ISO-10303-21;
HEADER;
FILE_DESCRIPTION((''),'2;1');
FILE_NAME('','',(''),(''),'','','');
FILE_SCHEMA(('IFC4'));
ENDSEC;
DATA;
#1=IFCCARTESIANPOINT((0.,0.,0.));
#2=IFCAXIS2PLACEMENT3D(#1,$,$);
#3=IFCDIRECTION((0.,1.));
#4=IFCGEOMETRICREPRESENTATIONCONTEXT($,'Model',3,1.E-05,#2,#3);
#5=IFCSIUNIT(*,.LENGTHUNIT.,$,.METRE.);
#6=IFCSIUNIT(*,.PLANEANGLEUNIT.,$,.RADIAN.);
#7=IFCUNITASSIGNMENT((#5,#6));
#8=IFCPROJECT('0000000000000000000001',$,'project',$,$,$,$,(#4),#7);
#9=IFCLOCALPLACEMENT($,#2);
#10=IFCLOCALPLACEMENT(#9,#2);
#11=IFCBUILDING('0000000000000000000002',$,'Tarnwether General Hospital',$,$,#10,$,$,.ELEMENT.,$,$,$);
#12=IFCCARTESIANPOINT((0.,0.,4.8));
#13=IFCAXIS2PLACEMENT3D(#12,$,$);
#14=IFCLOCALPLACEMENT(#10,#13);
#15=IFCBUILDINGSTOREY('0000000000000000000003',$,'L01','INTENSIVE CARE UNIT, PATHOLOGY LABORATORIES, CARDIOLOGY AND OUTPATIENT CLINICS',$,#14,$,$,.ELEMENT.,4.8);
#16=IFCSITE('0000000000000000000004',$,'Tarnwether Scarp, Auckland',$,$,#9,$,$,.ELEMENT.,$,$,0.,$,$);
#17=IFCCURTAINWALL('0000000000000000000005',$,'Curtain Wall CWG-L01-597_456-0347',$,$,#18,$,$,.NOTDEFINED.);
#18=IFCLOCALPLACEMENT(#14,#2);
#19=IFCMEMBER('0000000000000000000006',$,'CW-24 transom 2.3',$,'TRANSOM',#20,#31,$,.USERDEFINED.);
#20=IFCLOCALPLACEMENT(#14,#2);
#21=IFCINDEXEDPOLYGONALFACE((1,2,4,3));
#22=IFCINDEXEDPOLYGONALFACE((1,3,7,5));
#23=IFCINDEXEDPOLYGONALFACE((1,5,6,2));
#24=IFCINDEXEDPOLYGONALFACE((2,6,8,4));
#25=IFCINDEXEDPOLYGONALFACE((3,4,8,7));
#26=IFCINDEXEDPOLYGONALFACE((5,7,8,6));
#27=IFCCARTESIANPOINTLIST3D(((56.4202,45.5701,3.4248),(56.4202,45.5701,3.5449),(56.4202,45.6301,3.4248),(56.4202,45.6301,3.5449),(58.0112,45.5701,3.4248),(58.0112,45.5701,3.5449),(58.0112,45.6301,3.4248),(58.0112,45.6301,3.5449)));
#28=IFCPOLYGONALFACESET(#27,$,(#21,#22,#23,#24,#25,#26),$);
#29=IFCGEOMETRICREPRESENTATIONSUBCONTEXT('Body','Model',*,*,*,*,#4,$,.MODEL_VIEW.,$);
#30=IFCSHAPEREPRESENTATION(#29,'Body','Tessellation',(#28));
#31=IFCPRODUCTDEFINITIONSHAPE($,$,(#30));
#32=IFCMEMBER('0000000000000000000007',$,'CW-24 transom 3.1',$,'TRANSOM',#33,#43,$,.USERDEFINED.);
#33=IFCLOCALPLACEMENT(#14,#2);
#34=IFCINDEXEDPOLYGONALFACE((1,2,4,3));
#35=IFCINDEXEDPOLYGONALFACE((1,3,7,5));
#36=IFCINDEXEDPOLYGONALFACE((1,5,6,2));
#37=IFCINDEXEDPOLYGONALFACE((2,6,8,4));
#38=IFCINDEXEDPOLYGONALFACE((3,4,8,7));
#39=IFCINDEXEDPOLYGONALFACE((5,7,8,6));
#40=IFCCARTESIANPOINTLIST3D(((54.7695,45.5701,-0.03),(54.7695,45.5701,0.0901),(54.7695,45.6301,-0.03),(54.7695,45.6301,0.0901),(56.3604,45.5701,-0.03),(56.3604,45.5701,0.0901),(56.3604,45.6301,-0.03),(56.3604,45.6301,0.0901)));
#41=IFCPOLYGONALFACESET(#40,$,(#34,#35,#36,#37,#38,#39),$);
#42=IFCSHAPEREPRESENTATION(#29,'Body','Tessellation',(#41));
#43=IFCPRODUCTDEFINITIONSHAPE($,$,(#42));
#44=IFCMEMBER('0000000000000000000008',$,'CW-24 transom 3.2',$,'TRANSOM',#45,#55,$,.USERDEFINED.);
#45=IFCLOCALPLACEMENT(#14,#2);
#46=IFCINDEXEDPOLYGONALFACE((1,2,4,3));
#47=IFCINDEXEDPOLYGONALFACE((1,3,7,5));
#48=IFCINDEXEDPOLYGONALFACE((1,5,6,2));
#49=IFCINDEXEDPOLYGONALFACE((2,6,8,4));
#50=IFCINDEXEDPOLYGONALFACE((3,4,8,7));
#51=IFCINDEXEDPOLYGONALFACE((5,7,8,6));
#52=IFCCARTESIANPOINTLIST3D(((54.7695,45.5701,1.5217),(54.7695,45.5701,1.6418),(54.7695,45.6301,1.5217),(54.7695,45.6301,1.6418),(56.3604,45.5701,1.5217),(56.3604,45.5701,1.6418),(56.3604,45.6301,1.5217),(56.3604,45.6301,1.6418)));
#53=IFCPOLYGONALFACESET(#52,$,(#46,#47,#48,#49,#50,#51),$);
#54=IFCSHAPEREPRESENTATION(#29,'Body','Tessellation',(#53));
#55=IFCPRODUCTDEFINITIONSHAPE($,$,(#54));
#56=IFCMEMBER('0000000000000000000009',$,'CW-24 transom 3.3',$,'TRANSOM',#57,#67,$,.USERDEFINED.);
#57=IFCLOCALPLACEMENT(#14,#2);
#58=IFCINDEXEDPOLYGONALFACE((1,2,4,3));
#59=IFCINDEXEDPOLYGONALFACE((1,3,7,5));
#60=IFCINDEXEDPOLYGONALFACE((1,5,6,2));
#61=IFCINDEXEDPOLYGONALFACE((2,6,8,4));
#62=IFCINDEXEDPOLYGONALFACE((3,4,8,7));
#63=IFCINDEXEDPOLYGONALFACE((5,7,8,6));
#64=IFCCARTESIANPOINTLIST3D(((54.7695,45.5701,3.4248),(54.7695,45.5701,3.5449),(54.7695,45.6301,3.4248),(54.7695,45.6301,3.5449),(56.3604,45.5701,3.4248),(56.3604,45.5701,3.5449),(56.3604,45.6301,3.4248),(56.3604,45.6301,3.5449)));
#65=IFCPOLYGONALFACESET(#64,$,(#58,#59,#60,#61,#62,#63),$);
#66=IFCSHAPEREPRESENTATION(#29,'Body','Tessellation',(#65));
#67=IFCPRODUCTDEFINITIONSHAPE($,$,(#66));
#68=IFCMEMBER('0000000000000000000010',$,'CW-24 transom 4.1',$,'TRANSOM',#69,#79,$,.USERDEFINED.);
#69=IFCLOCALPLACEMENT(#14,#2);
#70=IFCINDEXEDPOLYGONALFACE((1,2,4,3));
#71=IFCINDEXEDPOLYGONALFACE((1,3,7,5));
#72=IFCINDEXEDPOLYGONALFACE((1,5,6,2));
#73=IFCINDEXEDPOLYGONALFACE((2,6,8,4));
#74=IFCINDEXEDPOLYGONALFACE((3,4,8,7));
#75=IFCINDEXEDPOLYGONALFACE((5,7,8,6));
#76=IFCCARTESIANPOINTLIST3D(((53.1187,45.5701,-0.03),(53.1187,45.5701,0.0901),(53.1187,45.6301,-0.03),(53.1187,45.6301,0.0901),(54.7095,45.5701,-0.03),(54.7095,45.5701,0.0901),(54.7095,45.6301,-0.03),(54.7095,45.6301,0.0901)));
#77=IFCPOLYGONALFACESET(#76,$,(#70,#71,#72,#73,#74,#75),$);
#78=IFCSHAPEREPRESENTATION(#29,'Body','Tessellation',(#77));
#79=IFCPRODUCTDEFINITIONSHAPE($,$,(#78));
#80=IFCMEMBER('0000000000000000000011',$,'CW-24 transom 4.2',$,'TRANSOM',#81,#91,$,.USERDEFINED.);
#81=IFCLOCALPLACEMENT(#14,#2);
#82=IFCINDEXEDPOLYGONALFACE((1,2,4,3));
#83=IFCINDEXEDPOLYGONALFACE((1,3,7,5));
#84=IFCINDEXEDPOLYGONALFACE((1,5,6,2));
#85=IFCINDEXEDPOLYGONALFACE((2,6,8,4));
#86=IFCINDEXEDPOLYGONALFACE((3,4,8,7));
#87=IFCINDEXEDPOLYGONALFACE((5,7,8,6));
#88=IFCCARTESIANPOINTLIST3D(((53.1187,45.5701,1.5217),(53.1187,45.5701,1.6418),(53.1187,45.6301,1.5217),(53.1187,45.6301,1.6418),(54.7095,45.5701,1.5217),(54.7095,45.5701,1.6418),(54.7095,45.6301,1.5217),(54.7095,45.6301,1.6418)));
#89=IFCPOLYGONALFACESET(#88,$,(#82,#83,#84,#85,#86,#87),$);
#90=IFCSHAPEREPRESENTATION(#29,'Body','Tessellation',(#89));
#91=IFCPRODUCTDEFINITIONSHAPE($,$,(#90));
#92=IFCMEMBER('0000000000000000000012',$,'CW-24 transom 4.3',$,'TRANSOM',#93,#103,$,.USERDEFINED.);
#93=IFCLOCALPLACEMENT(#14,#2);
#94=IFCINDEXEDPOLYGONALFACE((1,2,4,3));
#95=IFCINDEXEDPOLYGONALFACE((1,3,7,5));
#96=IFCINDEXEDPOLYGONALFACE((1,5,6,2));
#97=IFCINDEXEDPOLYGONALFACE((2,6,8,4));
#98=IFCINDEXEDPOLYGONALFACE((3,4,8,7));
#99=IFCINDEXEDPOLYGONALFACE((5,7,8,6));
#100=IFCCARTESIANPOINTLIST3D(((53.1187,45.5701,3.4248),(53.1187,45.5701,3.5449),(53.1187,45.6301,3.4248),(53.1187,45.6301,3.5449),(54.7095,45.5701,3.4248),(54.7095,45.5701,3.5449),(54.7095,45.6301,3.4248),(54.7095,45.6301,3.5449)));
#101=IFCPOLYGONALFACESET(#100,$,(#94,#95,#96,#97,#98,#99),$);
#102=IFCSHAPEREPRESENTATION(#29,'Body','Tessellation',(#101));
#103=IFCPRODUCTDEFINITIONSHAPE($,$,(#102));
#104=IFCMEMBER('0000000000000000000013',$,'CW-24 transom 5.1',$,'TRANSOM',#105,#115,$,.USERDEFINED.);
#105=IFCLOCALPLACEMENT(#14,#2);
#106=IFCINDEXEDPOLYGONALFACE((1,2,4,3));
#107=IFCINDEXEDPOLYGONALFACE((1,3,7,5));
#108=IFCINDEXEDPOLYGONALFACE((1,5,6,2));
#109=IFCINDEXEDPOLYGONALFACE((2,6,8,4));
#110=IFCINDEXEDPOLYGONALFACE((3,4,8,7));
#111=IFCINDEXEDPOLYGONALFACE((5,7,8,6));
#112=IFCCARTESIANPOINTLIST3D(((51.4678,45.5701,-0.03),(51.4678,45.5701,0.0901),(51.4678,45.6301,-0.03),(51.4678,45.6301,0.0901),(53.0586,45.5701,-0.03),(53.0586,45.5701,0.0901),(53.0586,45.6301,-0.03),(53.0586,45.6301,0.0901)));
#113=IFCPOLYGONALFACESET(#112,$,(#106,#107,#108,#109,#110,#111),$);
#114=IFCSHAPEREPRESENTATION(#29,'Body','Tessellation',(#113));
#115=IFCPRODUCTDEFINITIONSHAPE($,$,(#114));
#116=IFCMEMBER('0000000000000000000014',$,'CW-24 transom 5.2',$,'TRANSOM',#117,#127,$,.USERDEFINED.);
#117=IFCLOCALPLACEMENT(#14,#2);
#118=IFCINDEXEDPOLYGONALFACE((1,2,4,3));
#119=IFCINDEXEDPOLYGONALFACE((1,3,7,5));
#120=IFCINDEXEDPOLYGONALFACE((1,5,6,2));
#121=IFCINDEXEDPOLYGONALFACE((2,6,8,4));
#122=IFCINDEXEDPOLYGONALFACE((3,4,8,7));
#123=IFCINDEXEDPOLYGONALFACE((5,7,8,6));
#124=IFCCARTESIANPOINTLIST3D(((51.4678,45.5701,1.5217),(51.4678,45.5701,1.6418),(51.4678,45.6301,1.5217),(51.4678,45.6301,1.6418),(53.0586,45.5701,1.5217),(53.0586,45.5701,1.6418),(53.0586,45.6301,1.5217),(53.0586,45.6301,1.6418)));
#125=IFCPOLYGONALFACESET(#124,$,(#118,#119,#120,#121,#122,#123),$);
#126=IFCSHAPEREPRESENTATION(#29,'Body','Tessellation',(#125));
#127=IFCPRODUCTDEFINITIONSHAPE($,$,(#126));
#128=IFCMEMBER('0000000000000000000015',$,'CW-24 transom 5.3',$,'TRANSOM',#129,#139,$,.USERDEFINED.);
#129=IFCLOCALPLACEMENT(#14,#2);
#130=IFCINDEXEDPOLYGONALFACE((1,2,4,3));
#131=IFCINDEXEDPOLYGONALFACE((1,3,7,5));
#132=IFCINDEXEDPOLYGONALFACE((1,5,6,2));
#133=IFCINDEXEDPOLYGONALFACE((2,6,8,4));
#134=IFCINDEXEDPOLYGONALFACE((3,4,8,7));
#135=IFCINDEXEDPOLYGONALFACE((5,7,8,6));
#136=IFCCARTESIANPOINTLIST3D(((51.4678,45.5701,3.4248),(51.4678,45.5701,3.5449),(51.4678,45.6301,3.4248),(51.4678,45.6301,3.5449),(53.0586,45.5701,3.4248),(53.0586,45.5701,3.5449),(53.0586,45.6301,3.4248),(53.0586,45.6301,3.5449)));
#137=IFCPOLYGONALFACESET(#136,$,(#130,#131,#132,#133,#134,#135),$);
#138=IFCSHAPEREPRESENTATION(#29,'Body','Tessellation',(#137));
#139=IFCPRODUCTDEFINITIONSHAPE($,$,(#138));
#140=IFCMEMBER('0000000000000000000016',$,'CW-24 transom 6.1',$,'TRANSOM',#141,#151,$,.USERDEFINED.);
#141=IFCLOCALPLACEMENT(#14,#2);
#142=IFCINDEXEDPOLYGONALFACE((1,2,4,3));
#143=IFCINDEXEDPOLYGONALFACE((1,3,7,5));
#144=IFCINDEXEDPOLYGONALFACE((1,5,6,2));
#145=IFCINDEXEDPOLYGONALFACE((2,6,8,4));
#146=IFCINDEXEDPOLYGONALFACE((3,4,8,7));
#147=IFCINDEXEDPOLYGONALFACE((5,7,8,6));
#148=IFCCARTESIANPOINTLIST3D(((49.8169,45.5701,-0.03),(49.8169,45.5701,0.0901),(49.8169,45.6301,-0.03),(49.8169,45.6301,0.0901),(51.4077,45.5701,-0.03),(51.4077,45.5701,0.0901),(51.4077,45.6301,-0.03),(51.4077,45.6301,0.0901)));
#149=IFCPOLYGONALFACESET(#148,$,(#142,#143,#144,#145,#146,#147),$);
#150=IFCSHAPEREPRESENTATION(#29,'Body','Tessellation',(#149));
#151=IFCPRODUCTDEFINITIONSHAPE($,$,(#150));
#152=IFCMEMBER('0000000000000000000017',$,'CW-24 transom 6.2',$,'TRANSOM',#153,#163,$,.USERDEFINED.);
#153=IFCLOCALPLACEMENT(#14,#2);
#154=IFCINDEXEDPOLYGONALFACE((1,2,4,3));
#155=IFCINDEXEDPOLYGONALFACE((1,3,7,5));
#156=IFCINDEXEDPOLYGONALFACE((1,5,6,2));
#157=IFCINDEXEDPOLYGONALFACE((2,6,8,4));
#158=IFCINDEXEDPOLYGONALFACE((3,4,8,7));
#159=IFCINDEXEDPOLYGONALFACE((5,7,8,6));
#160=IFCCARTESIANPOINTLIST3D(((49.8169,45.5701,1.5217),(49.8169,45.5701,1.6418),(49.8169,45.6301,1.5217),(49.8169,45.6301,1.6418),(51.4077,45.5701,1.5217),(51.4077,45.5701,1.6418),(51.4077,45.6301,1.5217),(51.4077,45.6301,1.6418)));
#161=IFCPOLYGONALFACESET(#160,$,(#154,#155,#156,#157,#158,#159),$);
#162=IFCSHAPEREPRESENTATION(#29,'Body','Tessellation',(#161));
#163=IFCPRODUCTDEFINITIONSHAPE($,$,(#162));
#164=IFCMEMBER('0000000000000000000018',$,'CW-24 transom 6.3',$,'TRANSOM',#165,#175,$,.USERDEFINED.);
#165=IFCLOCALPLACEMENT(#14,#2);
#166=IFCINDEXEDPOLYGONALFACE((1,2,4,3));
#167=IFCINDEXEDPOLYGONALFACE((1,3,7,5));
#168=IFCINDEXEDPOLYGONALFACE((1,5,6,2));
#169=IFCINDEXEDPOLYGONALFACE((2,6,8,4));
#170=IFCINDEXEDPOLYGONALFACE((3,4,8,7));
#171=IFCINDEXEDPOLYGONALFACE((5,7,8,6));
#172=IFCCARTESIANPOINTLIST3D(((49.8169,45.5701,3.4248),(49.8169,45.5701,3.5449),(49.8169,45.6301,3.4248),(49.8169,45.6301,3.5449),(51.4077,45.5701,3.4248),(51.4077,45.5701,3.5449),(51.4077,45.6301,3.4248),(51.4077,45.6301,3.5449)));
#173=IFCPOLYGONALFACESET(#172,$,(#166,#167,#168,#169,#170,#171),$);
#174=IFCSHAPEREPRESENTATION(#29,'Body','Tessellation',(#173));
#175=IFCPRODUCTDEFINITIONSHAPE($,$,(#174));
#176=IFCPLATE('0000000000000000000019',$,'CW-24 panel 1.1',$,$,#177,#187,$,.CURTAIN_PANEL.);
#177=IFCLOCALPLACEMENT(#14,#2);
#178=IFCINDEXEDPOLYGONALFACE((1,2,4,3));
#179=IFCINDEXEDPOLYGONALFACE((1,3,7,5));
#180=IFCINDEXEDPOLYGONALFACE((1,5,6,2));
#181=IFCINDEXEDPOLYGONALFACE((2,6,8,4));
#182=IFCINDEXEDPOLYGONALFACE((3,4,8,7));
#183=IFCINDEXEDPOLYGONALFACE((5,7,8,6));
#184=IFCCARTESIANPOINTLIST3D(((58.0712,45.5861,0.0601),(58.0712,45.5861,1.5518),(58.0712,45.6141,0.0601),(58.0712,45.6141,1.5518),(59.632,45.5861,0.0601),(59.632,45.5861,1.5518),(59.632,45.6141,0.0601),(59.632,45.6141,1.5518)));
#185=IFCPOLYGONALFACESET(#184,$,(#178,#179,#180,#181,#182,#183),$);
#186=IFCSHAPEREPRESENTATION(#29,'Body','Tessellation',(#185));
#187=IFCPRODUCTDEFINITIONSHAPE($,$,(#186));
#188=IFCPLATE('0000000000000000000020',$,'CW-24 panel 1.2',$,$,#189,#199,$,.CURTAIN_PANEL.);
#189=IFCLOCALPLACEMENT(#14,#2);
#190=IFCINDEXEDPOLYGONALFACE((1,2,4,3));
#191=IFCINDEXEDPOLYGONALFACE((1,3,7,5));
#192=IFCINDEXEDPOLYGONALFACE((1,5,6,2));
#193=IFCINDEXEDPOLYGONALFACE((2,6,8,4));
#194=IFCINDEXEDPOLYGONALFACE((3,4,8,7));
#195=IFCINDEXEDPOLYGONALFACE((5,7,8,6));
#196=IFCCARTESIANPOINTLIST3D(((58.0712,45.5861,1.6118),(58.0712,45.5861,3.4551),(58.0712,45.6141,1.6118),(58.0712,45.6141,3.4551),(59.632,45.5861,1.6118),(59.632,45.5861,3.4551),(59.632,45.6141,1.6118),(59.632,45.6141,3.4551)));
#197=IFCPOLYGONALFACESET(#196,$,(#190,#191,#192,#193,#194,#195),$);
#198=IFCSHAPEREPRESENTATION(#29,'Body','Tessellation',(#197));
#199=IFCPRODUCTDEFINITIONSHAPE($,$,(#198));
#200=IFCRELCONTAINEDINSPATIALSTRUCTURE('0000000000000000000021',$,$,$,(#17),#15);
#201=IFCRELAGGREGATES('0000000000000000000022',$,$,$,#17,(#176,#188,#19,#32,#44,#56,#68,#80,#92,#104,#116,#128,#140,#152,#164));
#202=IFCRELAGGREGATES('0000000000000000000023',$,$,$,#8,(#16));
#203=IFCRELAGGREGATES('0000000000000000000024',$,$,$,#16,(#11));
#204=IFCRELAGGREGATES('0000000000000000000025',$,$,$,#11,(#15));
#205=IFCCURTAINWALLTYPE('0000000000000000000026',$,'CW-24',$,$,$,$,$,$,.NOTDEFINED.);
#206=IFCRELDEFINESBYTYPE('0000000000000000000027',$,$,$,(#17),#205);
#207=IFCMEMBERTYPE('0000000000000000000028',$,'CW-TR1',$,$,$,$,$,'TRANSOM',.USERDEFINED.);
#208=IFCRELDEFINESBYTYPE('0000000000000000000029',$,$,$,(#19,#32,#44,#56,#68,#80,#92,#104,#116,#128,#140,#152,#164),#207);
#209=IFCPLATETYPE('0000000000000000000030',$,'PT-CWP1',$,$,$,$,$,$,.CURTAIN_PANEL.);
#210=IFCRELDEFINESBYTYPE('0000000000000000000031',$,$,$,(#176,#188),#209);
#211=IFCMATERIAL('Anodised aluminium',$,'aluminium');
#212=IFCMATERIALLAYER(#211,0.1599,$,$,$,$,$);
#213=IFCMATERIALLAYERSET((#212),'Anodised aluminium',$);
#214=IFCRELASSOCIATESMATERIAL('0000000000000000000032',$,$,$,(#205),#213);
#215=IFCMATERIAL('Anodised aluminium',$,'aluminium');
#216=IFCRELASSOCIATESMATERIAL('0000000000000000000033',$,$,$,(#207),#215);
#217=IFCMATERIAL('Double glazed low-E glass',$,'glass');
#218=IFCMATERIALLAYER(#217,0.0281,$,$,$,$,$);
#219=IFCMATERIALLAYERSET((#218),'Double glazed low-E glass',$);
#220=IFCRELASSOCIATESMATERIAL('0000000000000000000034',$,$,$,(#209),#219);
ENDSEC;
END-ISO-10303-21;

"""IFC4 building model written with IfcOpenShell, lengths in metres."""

from ifc_helpers import new_model, si_unit, direction, frame, origin, origin_2d, place, context, subcontext, project, spatial, rectangle, extrude, material, layer, layer_set, material_profile, profile_set, type_object, element, aggregate, save


model = new_model("IFC4")

# Units and contexts
model_context = context("Model", 3, precision=1e-05, world=origin(), true_north=direction((0.0, 1.0)))
body_context = subcontext(model_context, "Body", "Model", "MODEL_VIEW")
ifc_project = project(units=[si_unit("LENGTHUNIT", "METRE"), si_unit("PLANEANGLEUNIT", "RADIAN")], contexts=[model_context])

# Site, building, storey
site_placement = place(None, origin())
site = spatial("IfcSite", under=ifc_project, at=site_placement, Name="Tarnwether Scarp, Auckland", CompositionType="ELEMENT", RefElevation=0.0)
building_placement = place(site_placement, origin())
building = spatial("IfcBuilding", under=site, at=building_placement, Name="Tarnwether General Hospital", CompositionType="ELEMENT")
storey_placement = place(building_placement, frame((0.0, 0.0, 4.8)))
storey = spatial("IfcBuildingStorey", under=building, at=storey_placement, Name="L01", Description="INTENSIVE CARE UNIT, PATHOLOGY LABORATORIES, CARDIOLOGY AND OUTPATIENT CLINICS", CompositionType="ELEMENT", Elevation=4.8)

# Curtain wall, members, plates
ifc_material_1 = material(Name="Anodised aluminium", Category="aluminium")
ifc_layer_1 = layer(ifc_material_1, 0.1599)
ifc_layer_set_1 = layer_set([ifc_layer_1], Name="Anodised aluminium")
curtain_wall_type = type_object("IfcCurtainWallType", Name="CW-24", PredefinedType="NOTDEFINED", material=ifc_layer_set_1)
curtain_wall_placement = place(storey_placement, origin())
curtain_wall = element("IfcCurtainWall", 1, at=curtain_wall_placement, inside=storey, type_object=curtain_wall_type, Name="Curtain Wall CWG-L01-597_456-0347", PredefinedType="NOTDEFINED")
ifc_material_2 = material(Name="Anodised aluminium", Category="aluminium")
ifc_material_profile_1 = material_profile(ifc_material_2, rectangle(XDim=0.0601, YDim=0.1201, at=origin_2d()), Name="ALU-TRN-60x120")
ifc_profile_set_1 = profile_set([ifc_material_profile_1], Name="Anodised aluminium")
member_type_1 = type_object("IfcMemberType", Name="CW-TR1", ElementType="TRANSOM", PredefinedType="USERDEFINED", material=ifc_profile_set_1)
member_1_placement = place(storey_placement, frame((58.0112, 45.6001, 3.4849), z_axis=(-1.0, 0.0, 0.0), x_axis=(0.0, -1.0, 0.0)))
member_1 = element("IfcMember", 2, at=member_1_placement, type_object=member_type_1, Name="CW-24 transom 2.3", ObjectType="TRANSOM", PredefinedType="USERDEFINED", context=body_context, shape_type="SweptSolid", body=[
    extrude(rectangle(XDim=0.0601, YDim=0.1201, at=origin_2d()), origin(), (0.0, 0.0, 1.0), 1.5911),
])
member_2_placement = place(storey_placement, frame((56.3604, 45.6001, 0.03), z_axis=(-1.0, 0.0, 0.0), x_axis=(0.0, -1.0, 0.0)))
member_2 = element("IfcMember", 3, at=member_2_placement, type_object=member_type_1, Name="CW-24 transom 3.1", ObjectType="TRANSOM", PredefinedType="USERDEFINED", context=body_context, shape_type="SweptSolid", body=[
    extrude(rectangle(XDim=0.0601, YDim=0.1201, at=origin_2d()), origin(), (0.0, 0.0, 1.0), 1.5908),
])
member_3_placement = place(storey_placement, frame((56.3604, 45.6001, 1.5818), z_axis=(-1.0, 0.0, 0.0), x_axis=(0.0, -1.0, 0.0)))
member_3 = element("IfcMember", 4, at=member_3_placement, type_object=member_type_1, Name="CW-24 transom 3.2", ObjectType="TRANSOM", PredefinedType="USERDEFINED", context=body_context, shape_type="SweptSolid", body=[
    extrude(rectangle(XDim=0.0601, YDim=0.1201, at=origin_2d()), origin(), (0.0, 0.0, 1.0), 1.5908),
])
member_4_placement = place(storey_placement, frame((56.3604, 45.6001, 3.4849), z_axis=(-1.0, 0.0, 0.0), x_axis=(0.0, -1.0, 0.0)))
member_4 = element("IfcMember", 5, at=member_4_placement, type_object=member_type_1, Name="CW-24 transom 3.3", ObjectType="TRANSOM", PredefinedType="USERDEFINED", context=body_context, shape_type="SweptSolid", body=[
    extrude(rectangle(XDim=0.0601, YDim=0.1201, at=origin_2d()), origin(), (0.0, 0.0, 1.0), 1.5908),
])
member_5_placement = place(storey_placement, frame((54.7095, 45.6001, 0.03), z_axis=(-1.0, 0.0, 0.0), x_axis=(0.0, -1.0, 0.0)))
member_5 = element("IfcMember", 6, at=member_5_placement, type_object=member_type_1, Name="CW-24 transom 4.1", ObjectType="TRANSOM", PredefinedType="USERDEFINED", context=body_context, shape_type="SweptSolid", body=[
    extrude(rectangle(XDim=0.0601, YDim=0.1201, at=origin_2d()), origin(), (0.0, 0.0, 1.0), 1.5908),
])
member_6_placement = place(storey_placement, frame((54.7095, 45.6001, 1.5818), z_axis=(-1.0, 0.0, 0.0), x_axis=(0.0, -1.0, 0.0)))
member_6 = element("IfcMember", 7, at=member_6_placement, type_object=member_type_1, Name="CW-24 transom 4.2", ObjectType="TRANSOM", PredefinedType="USERDEFINED", context=body_context, shape_type="SweptSolid", body=[
    extrude(rectangle(XDim=0.0601, YDim=0.1201, at=origin_2d()), origin(), (0.0, 0.0, 1.0), 1.5908),
])
member_7_placement = place(storey_placement, frame((54.7095, 45.6001, 3.4849), z_axis=(-1.0, 0.0, 0.0), x_axis=(0.0, -1.0, 0.0)))
member_7 = element("IfcMember", 8, at=member_7_placement, type_object=member_type_1, Name="CW-24 transom 4.3", ObjectType="TRANSOM", PredefinedType="USERDEFINED", context=body_context, shape_type="SweptSolid", body=[
    extrude(rectangle(XDim=0.0601, YDim=0.1201, at=origin_2d()), origin(), (0.0, 0.0, 1.0), 1.5908),
])
member_8_placement = place(storey_placement, frame((53.0586, 45.6001, 0.03), z_axis=(-1.0, 0.0, 0.0), x_axis=(0.0, -1.0, 0.0)))
member_8 = element("IfcMember", 9, at=member_8_placement, type_object=member_type_1, Name="CW-24 transom 5.1", ObjectType="TRANSOM", PredefinedType="USERDEFINED", context=body_context, shape_type="SweptSolid", body=[
    extrude(rectangle(XDim=0.0601, YDim=0.1201, at=origin_2d()), origin(), (0.0, 0.0, 1.0), 1.5908),
])
member_9_placement = place(storey_placement, frame((53.0586, 45.6001, 1.5818), z_axis=(-1.0, 0.0, 0.0), x_axis=(0.0, -1.0, 0.0)))
member_9 = element("IfcMember", 10, at=member_9_placement, type_object=member_type_1, Name="CW-24 transom 5.2", ObjectType="TRANSOM", PredefinedType="USERDEFINED", context=body_context, shape_type="SweptSolid", body=[
    extrude(rectangle(XDim=0.0601, YDim=0.1201, at=origin_2d()), origin(), (0.0, 0.0, 1.0), 1.5908),
])
member_10_placement = place(storey_placement, frame((53.0586, 45.6001, 3.4849), z_axis=(-1.0, 0.0, 0.0), x_axis=(0.0, -1.0, 0.0)))
member_10 = element("IfcMember", 11, at=member_10_placement, type_object=member_type_1, Name="CW-24 transom 5.3", ObjectType="TRANSOM", PredefinedType="USERDEFINED", context=body_context, shape_type="SweptSolid", body=[
    extrude(rectangle(XDim=0.0601, YDim=0.1201, at=origin_2d()), origin(), (0.0, 0.0, 1.0), 1.5908),
])
member_11_placement = place(storey_placement, frame((51.4077, 45.6001, 0.03), z_axis=(-1.0, 0.0, 0.0), x_axis=(0.0, -1.0, 0.0)))
member_11 = element("IfcMember", 12, at=member_11_placement, type_object=member_type_1, Name="CW-24 transom 6.1", ObjectType="TRANSOM", PredefinedType="USERDEFINED", context=body_context, shape_type="SweptSolid", body=[
    extrude(rectangle(XDim=0.0601, YDim=0.1201, at=origin_2d()), origin(), (0.0, 0.0, 1.0), 1.5908),
])
member_12_placement = place(storey_placement, frame((51.4077, 45.6001, 1.5818), z_axis=(-1.0, 0.0, 0.0), x_axis=(0.0, -1.0, 0.0)))
member_12 = element("IfcMember", 13, at=member_12_placement, type_object=member_type_1, Name="CW-24 transom 6.2", ObjectType="TRANSOM", PredefinedType="USERDEFINED", context=body_context, shape_type="SweptSolid", body=[
    extrude(rectangle(XDim=0.0601, YDim=0.1201, at=origin_2d()), origin(), (0.0, 0.0, 1.0), 1.5908),
])
member_13_placement = place(storey_placement, frame((51.4077, 45.6001, 3.4849), z_axis=(-1.0, 0.0, 0.0), x_axis=(0.0, -1.0, 0.0)))
member_13 = element("IfcMember", 14, at=member_13_placement, type_object=member_type_1, Name="CW-24 transom 6.3", ObjectType="TRANSOM", PredefinedType="USERDEFINED", context=body_context, shape_type="SweptSolid", body=[
    extrude(rectangle(XDim=0.0601, YDim=0.1201, at=origin_2d()), origin(), (0.0, 0.0, 1.0), 1.5908),
])
ifc_material_3 = material(Name="Double glazed low-E glass", Category="glass")
ifc_layer_2 = layer(ifc_material_3, 0.0281)
ifc_layer_set_2 = layer_set([ifc_layer_2], Name="Double glazed low-E glass")
plate_type = type_object("IfcPlateType", Name="PT-CWP1", PredefinedType="CURTAIN_PANEL", material=ifc_layer_set_2)
plate_1_placement = place(storey_placement, frame((58.8516, 45.6001, 0.0601), z_axis=(0.0, 0.0, 1.0), x_axis=(-1.0, 0.0, 0.0)))
plate_1 = element("IfcPlate", 15, at=plate_1_placement, type_object=plate_type, Name="CW-24 panel 1.1", PredefinedType="CURTAIN_PANEL", context=body_context, shape_type="SweptSolid", body=[
    extrude(rectangle(XDim=1.5608, YDim=0.0281, at=origin_2d()), origin(), (0.0, 0.0, 1.0), 1.4917),
])
plate_2_placement = place(storey_placement, frame((58.8516, 45.6001, 1.6118), z_axis=(0.0, 0.0, 1.0), x_axis=(-1.0, 0.0, 0.0)))
plate_2 = element("IfcPlate", 16, at=plate_2_placement, type_object=plate_type, Name="CW-24 panel 1.2", PredefinedType="CURTAIN_PANEL", context=body_context, shape_type="SweptSolid", body=[
    extrude(rectangle(XDim=1.5608, YDim=0.0281, at=origin_2d()), origin(), (0.0, 0.0, 1.0), 1.8433),
])
aggregate(curtain_wall, [plate_1, plate_2, member_1, member_2, member_3, member_4, member_5, member_6, member_7, member_8, member_9, member_10, member_11, member_12, member_13])

save(model, "model.ifc")
